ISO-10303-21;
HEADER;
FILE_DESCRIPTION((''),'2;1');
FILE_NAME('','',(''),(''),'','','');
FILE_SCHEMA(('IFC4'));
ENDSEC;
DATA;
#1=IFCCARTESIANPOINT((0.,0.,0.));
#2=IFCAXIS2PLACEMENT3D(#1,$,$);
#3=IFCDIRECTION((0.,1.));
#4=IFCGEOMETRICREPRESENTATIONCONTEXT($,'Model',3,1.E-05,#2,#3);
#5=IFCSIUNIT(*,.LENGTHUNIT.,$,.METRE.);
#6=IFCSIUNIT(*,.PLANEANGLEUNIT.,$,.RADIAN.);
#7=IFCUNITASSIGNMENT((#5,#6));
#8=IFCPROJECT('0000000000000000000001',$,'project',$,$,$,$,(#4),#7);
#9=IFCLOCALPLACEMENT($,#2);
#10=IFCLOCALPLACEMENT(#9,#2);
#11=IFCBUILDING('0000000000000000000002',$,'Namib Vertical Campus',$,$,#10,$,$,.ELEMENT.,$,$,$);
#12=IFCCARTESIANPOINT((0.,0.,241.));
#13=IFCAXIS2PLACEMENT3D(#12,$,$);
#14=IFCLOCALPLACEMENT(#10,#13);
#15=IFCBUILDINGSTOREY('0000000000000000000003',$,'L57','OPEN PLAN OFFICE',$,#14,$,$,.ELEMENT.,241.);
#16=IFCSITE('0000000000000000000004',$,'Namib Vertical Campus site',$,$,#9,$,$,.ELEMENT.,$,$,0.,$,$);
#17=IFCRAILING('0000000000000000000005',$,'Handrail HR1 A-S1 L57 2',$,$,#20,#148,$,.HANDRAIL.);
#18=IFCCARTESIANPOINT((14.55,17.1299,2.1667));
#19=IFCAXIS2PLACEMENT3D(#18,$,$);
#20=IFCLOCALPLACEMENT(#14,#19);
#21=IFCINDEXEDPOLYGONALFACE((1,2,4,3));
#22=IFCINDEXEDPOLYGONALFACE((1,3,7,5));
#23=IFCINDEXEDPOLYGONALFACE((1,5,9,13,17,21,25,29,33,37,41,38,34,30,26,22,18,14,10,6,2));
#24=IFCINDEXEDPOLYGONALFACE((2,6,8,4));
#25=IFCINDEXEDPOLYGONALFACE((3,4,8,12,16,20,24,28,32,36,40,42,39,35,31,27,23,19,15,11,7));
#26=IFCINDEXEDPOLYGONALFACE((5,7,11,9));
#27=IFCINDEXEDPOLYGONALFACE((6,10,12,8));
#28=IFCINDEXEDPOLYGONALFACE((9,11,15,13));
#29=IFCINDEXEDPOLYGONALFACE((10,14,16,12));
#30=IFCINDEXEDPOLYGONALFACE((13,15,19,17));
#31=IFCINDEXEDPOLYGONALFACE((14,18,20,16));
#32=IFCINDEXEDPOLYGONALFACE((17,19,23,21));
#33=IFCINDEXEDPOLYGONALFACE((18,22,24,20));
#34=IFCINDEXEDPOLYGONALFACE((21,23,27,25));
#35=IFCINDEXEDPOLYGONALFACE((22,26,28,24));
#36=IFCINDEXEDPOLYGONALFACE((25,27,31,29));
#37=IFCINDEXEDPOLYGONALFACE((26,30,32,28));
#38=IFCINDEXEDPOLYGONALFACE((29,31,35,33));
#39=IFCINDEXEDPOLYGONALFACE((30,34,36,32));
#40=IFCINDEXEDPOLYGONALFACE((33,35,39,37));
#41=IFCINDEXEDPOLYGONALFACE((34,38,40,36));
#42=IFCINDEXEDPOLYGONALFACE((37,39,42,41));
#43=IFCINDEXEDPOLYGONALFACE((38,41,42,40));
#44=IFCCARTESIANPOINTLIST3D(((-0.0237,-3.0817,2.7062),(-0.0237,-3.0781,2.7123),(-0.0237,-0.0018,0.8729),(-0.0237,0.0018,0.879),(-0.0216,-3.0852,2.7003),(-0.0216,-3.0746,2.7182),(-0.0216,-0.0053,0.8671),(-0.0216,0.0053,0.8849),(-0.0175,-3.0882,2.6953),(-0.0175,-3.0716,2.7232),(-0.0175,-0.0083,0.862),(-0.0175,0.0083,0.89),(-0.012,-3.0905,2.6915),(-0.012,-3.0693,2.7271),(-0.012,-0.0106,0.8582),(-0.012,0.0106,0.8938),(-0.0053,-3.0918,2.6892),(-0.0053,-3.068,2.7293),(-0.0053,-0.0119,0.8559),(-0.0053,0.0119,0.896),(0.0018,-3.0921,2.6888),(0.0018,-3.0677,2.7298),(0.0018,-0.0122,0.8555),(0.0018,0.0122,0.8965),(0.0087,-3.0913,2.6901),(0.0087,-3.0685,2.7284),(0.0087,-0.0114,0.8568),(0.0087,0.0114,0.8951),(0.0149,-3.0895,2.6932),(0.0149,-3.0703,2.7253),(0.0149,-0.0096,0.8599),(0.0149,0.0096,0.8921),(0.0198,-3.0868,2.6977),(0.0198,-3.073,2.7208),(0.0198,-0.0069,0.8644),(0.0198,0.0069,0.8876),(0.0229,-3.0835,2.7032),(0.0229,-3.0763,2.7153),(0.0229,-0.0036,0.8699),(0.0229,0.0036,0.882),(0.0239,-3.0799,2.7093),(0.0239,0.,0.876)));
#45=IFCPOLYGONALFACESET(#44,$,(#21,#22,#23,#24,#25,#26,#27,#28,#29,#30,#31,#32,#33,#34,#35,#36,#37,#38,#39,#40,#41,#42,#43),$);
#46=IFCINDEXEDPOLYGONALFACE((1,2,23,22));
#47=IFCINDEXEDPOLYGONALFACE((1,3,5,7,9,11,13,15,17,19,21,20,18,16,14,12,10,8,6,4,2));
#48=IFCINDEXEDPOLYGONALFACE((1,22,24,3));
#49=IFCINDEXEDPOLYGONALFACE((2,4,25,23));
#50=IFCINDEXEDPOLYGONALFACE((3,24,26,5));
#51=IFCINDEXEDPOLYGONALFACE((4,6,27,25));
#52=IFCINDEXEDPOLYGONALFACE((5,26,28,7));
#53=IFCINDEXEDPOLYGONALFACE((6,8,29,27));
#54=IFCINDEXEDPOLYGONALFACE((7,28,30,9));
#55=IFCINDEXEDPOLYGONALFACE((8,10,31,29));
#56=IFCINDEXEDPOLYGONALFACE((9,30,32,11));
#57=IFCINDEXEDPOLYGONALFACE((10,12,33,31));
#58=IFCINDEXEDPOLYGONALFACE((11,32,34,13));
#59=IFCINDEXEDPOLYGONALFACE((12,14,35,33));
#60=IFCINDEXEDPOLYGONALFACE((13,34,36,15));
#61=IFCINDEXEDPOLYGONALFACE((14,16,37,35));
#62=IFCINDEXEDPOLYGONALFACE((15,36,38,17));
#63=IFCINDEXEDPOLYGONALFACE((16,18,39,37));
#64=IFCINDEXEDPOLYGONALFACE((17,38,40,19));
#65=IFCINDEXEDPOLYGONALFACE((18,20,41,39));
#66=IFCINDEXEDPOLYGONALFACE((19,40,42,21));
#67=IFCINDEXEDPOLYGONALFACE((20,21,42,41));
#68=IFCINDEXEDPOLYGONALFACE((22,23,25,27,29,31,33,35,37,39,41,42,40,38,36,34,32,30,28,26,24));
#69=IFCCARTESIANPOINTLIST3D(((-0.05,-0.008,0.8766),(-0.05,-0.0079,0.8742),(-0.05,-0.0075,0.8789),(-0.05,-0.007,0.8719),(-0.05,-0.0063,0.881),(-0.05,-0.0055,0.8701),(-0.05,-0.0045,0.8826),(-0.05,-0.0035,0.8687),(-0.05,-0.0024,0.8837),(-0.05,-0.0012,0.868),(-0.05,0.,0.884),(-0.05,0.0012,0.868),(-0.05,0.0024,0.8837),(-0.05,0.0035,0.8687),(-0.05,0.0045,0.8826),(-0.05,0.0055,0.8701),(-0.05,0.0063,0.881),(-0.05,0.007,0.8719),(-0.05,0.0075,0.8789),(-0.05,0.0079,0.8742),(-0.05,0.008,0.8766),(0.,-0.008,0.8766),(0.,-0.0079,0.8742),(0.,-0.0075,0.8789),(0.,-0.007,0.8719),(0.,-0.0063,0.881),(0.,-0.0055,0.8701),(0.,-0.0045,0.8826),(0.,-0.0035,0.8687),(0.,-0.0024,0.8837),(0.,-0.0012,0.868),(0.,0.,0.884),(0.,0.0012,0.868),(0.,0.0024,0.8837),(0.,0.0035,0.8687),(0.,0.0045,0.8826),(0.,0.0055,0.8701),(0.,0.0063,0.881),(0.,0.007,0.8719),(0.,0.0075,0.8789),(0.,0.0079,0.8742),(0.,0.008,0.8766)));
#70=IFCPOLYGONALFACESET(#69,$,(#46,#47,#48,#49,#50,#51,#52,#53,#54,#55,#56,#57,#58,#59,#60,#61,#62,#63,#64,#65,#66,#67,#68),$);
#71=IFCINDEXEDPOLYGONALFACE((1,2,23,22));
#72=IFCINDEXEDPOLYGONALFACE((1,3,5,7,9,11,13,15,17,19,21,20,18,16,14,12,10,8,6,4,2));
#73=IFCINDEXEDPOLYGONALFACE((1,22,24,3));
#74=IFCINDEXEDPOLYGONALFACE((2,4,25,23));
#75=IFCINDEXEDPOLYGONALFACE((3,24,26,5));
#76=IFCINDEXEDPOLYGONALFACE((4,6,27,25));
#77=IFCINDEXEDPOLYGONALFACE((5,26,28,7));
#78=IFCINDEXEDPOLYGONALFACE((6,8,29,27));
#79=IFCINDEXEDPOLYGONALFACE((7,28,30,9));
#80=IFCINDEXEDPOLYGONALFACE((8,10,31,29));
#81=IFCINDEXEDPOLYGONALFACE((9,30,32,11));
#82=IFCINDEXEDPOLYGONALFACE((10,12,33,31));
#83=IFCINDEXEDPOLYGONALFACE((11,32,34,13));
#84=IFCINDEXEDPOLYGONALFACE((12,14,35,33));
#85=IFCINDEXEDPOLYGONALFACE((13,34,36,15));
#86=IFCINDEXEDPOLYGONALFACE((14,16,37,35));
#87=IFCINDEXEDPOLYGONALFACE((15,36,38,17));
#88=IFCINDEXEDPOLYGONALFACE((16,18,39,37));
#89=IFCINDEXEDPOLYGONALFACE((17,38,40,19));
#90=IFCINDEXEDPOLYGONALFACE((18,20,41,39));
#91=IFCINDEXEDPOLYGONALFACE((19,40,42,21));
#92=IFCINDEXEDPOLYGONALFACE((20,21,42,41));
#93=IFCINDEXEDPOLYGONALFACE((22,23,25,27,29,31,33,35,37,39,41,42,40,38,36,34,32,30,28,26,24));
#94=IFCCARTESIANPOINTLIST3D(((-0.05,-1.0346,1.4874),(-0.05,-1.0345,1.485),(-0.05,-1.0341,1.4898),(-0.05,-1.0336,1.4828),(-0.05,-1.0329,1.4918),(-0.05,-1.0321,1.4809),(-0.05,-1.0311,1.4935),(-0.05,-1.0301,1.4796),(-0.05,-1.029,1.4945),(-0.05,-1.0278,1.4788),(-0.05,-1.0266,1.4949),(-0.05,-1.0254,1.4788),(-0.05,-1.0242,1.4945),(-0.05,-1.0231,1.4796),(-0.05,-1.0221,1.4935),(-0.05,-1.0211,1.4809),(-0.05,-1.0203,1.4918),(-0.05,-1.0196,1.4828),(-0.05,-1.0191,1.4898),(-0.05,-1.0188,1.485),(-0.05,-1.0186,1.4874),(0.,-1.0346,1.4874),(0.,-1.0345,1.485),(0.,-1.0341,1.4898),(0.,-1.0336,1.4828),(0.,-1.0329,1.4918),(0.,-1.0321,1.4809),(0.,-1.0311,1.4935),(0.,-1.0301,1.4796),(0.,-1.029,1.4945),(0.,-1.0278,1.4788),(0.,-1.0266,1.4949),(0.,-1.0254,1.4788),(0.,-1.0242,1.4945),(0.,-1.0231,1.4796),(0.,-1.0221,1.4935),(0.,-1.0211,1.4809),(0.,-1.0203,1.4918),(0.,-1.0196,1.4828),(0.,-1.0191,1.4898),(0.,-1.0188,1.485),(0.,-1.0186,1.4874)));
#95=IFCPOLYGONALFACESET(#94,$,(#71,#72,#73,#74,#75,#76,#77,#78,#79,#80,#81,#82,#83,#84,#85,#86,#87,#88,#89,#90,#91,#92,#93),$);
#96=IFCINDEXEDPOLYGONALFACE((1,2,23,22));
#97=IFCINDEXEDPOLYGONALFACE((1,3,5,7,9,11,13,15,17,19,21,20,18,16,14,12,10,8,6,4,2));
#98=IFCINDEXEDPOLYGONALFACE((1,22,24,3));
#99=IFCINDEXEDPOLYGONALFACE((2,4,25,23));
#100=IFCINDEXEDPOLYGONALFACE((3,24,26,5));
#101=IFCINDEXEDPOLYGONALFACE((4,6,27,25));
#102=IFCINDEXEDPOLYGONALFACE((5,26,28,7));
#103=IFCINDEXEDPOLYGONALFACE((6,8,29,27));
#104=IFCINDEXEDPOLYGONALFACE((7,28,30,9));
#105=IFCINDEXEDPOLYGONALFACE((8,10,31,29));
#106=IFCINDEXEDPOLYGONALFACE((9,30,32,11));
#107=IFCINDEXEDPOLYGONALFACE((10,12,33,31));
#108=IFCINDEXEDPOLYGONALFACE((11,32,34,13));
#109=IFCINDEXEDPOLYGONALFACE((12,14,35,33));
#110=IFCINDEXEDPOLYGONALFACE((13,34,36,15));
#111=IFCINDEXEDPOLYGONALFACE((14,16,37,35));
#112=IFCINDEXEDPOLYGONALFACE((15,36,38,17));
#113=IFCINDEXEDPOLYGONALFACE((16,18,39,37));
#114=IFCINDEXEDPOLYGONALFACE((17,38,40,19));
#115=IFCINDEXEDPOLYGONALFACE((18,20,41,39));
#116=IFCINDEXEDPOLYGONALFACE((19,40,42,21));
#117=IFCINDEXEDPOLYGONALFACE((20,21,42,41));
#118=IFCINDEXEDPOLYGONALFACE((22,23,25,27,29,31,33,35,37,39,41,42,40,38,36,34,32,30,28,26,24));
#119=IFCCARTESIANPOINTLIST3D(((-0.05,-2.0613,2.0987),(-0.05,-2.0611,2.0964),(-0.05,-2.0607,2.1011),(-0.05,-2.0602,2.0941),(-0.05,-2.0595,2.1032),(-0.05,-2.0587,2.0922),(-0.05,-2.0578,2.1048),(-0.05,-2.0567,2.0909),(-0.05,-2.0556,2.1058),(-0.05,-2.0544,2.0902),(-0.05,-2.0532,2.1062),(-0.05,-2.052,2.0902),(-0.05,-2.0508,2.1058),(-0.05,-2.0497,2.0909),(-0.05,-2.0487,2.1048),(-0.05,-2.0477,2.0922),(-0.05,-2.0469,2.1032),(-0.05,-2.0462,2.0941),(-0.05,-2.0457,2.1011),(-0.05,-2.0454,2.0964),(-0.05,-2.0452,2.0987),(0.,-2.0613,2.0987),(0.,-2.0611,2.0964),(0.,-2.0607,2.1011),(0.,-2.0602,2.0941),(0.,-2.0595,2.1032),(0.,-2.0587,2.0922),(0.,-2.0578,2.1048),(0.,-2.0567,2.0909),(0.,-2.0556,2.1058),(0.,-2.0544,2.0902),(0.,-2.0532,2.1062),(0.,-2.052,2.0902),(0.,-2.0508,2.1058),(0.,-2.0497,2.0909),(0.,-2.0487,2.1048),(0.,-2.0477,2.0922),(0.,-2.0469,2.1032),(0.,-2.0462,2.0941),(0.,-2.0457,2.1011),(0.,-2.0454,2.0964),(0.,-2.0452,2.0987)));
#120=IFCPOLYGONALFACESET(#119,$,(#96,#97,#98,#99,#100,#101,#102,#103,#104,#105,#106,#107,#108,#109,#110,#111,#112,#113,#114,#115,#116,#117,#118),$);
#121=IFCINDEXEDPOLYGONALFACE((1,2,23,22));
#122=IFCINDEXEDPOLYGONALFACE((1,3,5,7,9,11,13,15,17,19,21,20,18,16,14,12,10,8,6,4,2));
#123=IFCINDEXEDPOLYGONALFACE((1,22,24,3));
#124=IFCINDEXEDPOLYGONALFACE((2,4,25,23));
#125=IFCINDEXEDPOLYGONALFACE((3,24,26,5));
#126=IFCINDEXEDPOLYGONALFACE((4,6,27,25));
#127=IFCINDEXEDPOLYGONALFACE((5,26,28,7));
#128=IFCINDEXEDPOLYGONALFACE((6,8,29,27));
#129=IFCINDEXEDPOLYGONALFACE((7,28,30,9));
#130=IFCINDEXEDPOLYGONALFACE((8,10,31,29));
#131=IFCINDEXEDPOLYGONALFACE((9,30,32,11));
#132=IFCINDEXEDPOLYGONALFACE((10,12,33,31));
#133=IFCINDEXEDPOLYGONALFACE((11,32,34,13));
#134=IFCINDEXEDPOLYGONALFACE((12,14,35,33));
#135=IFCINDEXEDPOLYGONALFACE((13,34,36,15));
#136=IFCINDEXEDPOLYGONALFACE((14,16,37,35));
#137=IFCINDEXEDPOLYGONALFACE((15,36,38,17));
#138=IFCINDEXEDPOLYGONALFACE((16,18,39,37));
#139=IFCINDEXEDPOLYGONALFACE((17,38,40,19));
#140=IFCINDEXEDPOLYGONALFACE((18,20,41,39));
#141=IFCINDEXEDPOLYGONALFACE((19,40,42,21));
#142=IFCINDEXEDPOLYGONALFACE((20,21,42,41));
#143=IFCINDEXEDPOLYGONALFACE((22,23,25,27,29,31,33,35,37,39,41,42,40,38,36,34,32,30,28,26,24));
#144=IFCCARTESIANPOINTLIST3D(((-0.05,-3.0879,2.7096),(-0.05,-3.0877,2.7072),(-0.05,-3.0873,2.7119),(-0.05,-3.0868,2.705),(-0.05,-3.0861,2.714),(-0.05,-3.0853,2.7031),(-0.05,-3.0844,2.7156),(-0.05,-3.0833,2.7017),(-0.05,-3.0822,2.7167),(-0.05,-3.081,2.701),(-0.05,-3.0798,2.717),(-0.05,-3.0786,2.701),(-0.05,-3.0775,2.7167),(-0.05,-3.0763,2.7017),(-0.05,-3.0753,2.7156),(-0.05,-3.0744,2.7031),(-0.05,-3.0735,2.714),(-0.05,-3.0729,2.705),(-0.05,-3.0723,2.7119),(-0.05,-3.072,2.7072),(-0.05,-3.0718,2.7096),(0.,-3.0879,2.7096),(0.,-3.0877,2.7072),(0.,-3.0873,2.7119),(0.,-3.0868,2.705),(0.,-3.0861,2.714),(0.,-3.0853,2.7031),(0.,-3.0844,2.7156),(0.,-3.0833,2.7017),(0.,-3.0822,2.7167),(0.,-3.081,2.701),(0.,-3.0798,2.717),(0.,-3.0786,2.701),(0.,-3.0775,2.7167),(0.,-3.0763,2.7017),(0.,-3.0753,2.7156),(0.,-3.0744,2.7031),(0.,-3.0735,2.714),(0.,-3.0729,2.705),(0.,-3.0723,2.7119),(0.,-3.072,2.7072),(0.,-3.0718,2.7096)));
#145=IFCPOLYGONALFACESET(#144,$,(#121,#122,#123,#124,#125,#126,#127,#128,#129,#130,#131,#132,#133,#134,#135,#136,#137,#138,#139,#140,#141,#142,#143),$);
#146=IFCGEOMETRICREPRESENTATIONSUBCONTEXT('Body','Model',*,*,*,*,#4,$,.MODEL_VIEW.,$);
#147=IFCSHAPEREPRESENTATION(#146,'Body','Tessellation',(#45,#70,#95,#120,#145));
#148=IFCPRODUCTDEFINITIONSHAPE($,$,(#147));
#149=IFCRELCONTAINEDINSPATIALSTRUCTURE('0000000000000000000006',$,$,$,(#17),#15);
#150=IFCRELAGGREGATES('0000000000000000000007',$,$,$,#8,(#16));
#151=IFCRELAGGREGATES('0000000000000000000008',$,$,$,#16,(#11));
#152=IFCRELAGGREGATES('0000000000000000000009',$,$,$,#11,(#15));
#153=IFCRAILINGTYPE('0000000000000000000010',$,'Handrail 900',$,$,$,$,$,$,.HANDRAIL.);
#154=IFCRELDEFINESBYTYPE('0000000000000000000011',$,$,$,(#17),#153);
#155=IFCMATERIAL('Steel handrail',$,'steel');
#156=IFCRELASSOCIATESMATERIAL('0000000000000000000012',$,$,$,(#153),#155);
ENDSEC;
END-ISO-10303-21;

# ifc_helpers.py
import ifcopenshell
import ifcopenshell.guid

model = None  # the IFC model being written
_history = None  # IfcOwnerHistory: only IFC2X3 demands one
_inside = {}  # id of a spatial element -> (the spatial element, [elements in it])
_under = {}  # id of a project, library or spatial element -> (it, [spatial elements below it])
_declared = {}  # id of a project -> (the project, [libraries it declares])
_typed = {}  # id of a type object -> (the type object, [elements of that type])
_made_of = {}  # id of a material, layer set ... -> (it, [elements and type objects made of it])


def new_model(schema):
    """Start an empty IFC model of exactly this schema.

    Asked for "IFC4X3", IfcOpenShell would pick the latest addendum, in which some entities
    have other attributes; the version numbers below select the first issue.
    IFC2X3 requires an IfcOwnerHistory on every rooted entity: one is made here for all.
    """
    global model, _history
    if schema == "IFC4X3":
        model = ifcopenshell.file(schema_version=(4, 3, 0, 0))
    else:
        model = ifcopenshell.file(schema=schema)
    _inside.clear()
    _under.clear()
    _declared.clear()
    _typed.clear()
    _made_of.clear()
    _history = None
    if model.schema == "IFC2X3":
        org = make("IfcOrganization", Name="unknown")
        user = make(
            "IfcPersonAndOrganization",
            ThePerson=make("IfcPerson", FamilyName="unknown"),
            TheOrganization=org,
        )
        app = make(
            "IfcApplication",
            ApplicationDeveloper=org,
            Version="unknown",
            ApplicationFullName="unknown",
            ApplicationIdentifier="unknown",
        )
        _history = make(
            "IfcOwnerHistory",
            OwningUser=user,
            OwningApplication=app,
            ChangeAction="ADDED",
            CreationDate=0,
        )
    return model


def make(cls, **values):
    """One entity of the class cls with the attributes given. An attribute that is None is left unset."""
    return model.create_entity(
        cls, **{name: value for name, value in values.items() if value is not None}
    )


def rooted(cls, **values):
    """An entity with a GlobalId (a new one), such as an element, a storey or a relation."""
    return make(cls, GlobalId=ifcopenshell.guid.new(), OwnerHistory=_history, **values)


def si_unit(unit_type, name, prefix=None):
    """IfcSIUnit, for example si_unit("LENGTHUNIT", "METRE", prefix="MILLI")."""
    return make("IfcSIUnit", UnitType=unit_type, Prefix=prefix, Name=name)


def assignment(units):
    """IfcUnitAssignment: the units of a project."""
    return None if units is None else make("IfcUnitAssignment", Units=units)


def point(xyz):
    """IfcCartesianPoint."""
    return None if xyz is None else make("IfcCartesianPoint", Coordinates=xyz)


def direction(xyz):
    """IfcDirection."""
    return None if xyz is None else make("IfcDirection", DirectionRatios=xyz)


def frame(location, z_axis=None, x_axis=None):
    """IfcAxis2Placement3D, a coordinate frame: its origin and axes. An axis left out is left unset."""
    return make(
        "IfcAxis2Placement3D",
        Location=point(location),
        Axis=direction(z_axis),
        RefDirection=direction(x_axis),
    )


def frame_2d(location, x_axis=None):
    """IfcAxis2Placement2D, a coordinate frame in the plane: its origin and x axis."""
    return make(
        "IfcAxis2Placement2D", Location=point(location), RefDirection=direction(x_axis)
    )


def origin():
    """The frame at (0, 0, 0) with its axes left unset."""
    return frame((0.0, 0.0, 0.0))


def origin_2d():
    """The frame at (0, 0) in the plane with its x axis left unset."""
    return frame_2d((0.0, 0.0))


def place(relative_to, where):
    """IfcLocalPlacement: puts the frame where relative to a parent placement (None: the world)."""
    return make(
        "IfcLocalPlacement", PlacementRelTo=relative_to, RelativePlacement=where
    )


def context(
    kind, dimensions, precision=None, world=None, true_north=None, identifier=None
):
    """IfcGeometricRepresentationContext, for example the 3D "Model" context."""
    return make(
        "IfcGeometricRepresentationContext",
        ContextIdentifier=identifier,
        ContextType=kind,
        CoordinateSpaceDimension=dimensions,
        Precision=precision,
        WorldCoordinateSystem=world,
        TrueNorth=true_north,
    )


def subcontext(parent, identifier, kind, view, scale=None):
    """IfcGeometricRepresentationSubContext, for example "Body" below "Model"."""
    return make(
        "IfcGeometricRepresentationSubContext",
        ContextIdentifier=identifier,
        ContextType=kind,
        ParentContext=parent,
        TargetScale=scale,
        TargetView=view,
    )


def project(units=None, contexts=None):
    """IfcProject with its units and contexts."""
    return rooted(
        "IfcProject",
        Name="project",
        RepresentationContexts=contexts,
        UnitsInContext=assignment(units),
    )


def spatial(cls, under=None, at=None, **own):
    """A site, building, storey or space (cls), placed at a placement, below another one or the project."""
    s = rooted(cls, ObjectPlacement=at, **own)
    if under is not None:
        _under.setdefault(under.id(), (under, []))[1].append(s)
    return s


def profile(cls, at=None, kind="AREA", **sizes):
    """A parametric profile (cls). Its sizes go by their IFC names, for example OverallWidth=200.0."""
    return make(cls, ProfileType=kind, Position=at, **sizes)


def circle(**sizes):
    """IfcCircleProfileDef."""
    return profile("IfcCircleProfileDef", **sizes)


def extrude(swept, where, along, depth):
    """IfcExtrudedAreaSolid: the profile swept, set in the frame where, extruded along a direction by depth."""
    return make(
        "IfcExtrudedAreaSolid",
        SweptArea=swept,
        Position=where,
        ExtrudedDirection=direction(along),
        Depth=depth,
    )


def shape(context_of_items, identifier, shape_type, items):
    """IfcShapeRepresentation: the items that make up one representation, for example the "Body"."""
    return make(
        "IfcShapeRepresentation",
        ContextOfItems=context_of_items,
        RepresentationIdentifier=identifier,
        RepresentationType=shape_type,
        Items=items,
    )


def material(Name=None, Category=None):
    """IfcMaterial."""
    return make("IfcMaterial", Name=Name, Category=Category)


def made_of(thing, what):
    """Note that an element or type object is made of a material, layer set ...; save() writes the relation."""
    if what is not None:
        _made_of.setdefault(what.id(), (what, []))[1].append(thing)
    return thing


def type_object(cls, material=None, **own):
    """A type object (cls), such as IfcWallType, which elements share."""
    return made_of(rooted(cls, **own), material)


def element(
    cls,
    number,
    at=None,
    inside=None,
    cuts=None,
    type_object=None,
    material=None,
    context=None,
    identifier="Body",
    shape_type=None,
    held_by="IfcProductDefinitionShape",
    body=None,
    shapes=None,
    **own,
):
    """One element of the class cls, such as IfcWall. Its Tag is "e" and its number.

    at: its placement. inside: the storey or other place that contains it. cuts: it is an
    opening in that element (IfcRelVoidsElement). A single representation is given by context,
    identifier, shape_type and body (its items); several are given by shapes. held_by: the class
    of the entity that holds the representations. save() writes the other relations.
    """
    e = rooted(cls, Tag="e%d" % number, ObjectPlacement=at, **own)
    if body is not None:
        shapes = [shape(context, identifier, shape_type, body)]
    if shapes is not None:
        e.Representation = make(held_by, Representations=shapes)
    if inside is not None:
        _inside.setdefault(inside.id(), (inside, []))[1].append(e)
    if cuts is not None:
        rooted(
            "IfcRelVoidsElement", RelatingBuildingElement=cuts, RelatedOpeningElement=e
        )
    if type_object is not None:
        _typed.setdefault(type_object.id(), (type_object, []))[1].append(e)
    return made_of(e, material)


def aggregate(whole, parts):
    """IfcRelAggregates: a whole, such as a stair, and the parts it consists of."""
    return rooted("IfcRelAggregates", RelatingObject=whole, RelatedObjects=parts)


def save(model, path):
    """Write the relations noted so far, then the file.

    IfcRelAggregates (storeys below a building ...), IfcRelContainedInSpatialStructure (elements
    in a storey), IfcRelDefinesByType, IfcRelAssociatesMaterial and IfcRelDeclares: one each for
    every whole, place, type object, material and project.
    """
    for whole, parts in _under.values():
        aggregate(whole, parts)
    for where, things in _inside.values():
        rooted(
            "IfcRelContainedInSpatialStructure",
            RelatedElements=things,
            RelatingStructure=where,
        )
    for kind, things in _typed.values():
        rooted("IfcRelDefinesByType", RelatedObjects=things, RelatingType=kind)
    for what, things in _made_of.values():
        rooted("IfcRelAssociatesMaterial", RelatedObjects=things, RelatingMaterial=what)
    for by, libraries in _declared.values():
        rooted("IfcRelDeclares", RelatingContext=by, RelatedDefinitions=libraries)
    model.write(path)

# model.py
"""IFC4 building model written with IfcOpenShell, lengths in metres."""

from ifc_helpers import new_model, si_unit, direction, frame, origin, origin_2d, place, context, subcontext, project, spatial, circle, extrude, material, type_object, element, save


model = new_model("IFC4")

# Units and contexts
model_context = context("Model", 3, precision=1e-05, world=origin(), true_north=direction((0.0, 1.0)))
body_context = subcontext(model_context, "Body", "Model", "MODEL_VIEW")
ifc_project = project(units=[si_unit("LENGTHUNIT", "METRE"), si_unit("PLANEANGLEUNIT", "RADIAN")], contexts=[model_context])

# Site, building, storey
site_placement = place(None, origin())
site = spatial("IfcSite", under=ifc_project, at=site_placement, Name="Namib Vertical Campus site", CompositionType="ELEMENT", RefElevation=0.0)
building_placement = place(site_placement, origin())
building = spatial("IfcBuilding", under=site, at=building_placement, Name="Namib Vertical Campus", CompositionType="ELEMENT")
storey_placement = place(building_placement, frame((0.0, 0.0, 241.0)))
storey = spatial("IfcBuildingStorey", under=building, at=storey_placement, Name="L57", Description="OPEN PLAN OFFICE", CompositionType="ELEMENT", Elevation=241.0)

# Railing
ifc_material_1 = material(Name="Steel handrail", Category="steel")
railing_type = type_object("IfcRailingType", Name="Handrail 900", PredefinedType="HANDRAIL", material=ifc_material_1)
railing_placement = place(storey_placement, frame((14.55, 17.1299, 2.1667)))
element("IfcRailing", 1, at=railing_placement, inside=storey, type_object=railing_type, Name="Handrail HR1 A-S1 L57 2", PredefinedType="HANDRAIL", context=body_context, shape_type="SweptSolid", body=[
    extrude(circle(Radius=0.0239, at=origin_2d()), frame((0.0, 0.0, 0.876), z_axis=(0.0, -0.859291, 0.511487), x_axis=(1.0, 0.0, 0.0)), (0.0, 0.0, 1.0), 3.5842),
    extrude(circle(Radius=0.0081, at=origin_2d()), frame((0.0, 0.0, 0.876), z_axis=(-1.0, 0.0, 0.0), x_axis=(0.0, 0.0, 1.0)), (0.0, 0.0, 1.0), 0.05),
    extrude(circle(Radius=0.0081, at=origin_2d()), frame((0.0, -1.0266, 1.4868), z_axis=(-1.0, 0.0, 0.0), x_axis=(0.0, 0.0, 1.0)), (0.0, 0.0, 1.0), 0.05),
    extrude(circle(Radius=0.0081, at=origin_2d()), frame((0.0, -2.0532, 2.0981), z_axis=(-1.0, 0.0, 0.0), x_axis=(0.0, 0.0, 1.0)), (0.0, 0.0, 1.0), 0.05),
    extrude(circle(Radius=0.0081, at=origin_2d()), frame((0.0, -3.0798, 2.709), z_axis=(-1.0, 0.0, 0.0), x_axis=(0.0, 0.0, 1.0)), (0.0, 0.0, 1.0), 0.05),
])

save(model, "model.ifc")
